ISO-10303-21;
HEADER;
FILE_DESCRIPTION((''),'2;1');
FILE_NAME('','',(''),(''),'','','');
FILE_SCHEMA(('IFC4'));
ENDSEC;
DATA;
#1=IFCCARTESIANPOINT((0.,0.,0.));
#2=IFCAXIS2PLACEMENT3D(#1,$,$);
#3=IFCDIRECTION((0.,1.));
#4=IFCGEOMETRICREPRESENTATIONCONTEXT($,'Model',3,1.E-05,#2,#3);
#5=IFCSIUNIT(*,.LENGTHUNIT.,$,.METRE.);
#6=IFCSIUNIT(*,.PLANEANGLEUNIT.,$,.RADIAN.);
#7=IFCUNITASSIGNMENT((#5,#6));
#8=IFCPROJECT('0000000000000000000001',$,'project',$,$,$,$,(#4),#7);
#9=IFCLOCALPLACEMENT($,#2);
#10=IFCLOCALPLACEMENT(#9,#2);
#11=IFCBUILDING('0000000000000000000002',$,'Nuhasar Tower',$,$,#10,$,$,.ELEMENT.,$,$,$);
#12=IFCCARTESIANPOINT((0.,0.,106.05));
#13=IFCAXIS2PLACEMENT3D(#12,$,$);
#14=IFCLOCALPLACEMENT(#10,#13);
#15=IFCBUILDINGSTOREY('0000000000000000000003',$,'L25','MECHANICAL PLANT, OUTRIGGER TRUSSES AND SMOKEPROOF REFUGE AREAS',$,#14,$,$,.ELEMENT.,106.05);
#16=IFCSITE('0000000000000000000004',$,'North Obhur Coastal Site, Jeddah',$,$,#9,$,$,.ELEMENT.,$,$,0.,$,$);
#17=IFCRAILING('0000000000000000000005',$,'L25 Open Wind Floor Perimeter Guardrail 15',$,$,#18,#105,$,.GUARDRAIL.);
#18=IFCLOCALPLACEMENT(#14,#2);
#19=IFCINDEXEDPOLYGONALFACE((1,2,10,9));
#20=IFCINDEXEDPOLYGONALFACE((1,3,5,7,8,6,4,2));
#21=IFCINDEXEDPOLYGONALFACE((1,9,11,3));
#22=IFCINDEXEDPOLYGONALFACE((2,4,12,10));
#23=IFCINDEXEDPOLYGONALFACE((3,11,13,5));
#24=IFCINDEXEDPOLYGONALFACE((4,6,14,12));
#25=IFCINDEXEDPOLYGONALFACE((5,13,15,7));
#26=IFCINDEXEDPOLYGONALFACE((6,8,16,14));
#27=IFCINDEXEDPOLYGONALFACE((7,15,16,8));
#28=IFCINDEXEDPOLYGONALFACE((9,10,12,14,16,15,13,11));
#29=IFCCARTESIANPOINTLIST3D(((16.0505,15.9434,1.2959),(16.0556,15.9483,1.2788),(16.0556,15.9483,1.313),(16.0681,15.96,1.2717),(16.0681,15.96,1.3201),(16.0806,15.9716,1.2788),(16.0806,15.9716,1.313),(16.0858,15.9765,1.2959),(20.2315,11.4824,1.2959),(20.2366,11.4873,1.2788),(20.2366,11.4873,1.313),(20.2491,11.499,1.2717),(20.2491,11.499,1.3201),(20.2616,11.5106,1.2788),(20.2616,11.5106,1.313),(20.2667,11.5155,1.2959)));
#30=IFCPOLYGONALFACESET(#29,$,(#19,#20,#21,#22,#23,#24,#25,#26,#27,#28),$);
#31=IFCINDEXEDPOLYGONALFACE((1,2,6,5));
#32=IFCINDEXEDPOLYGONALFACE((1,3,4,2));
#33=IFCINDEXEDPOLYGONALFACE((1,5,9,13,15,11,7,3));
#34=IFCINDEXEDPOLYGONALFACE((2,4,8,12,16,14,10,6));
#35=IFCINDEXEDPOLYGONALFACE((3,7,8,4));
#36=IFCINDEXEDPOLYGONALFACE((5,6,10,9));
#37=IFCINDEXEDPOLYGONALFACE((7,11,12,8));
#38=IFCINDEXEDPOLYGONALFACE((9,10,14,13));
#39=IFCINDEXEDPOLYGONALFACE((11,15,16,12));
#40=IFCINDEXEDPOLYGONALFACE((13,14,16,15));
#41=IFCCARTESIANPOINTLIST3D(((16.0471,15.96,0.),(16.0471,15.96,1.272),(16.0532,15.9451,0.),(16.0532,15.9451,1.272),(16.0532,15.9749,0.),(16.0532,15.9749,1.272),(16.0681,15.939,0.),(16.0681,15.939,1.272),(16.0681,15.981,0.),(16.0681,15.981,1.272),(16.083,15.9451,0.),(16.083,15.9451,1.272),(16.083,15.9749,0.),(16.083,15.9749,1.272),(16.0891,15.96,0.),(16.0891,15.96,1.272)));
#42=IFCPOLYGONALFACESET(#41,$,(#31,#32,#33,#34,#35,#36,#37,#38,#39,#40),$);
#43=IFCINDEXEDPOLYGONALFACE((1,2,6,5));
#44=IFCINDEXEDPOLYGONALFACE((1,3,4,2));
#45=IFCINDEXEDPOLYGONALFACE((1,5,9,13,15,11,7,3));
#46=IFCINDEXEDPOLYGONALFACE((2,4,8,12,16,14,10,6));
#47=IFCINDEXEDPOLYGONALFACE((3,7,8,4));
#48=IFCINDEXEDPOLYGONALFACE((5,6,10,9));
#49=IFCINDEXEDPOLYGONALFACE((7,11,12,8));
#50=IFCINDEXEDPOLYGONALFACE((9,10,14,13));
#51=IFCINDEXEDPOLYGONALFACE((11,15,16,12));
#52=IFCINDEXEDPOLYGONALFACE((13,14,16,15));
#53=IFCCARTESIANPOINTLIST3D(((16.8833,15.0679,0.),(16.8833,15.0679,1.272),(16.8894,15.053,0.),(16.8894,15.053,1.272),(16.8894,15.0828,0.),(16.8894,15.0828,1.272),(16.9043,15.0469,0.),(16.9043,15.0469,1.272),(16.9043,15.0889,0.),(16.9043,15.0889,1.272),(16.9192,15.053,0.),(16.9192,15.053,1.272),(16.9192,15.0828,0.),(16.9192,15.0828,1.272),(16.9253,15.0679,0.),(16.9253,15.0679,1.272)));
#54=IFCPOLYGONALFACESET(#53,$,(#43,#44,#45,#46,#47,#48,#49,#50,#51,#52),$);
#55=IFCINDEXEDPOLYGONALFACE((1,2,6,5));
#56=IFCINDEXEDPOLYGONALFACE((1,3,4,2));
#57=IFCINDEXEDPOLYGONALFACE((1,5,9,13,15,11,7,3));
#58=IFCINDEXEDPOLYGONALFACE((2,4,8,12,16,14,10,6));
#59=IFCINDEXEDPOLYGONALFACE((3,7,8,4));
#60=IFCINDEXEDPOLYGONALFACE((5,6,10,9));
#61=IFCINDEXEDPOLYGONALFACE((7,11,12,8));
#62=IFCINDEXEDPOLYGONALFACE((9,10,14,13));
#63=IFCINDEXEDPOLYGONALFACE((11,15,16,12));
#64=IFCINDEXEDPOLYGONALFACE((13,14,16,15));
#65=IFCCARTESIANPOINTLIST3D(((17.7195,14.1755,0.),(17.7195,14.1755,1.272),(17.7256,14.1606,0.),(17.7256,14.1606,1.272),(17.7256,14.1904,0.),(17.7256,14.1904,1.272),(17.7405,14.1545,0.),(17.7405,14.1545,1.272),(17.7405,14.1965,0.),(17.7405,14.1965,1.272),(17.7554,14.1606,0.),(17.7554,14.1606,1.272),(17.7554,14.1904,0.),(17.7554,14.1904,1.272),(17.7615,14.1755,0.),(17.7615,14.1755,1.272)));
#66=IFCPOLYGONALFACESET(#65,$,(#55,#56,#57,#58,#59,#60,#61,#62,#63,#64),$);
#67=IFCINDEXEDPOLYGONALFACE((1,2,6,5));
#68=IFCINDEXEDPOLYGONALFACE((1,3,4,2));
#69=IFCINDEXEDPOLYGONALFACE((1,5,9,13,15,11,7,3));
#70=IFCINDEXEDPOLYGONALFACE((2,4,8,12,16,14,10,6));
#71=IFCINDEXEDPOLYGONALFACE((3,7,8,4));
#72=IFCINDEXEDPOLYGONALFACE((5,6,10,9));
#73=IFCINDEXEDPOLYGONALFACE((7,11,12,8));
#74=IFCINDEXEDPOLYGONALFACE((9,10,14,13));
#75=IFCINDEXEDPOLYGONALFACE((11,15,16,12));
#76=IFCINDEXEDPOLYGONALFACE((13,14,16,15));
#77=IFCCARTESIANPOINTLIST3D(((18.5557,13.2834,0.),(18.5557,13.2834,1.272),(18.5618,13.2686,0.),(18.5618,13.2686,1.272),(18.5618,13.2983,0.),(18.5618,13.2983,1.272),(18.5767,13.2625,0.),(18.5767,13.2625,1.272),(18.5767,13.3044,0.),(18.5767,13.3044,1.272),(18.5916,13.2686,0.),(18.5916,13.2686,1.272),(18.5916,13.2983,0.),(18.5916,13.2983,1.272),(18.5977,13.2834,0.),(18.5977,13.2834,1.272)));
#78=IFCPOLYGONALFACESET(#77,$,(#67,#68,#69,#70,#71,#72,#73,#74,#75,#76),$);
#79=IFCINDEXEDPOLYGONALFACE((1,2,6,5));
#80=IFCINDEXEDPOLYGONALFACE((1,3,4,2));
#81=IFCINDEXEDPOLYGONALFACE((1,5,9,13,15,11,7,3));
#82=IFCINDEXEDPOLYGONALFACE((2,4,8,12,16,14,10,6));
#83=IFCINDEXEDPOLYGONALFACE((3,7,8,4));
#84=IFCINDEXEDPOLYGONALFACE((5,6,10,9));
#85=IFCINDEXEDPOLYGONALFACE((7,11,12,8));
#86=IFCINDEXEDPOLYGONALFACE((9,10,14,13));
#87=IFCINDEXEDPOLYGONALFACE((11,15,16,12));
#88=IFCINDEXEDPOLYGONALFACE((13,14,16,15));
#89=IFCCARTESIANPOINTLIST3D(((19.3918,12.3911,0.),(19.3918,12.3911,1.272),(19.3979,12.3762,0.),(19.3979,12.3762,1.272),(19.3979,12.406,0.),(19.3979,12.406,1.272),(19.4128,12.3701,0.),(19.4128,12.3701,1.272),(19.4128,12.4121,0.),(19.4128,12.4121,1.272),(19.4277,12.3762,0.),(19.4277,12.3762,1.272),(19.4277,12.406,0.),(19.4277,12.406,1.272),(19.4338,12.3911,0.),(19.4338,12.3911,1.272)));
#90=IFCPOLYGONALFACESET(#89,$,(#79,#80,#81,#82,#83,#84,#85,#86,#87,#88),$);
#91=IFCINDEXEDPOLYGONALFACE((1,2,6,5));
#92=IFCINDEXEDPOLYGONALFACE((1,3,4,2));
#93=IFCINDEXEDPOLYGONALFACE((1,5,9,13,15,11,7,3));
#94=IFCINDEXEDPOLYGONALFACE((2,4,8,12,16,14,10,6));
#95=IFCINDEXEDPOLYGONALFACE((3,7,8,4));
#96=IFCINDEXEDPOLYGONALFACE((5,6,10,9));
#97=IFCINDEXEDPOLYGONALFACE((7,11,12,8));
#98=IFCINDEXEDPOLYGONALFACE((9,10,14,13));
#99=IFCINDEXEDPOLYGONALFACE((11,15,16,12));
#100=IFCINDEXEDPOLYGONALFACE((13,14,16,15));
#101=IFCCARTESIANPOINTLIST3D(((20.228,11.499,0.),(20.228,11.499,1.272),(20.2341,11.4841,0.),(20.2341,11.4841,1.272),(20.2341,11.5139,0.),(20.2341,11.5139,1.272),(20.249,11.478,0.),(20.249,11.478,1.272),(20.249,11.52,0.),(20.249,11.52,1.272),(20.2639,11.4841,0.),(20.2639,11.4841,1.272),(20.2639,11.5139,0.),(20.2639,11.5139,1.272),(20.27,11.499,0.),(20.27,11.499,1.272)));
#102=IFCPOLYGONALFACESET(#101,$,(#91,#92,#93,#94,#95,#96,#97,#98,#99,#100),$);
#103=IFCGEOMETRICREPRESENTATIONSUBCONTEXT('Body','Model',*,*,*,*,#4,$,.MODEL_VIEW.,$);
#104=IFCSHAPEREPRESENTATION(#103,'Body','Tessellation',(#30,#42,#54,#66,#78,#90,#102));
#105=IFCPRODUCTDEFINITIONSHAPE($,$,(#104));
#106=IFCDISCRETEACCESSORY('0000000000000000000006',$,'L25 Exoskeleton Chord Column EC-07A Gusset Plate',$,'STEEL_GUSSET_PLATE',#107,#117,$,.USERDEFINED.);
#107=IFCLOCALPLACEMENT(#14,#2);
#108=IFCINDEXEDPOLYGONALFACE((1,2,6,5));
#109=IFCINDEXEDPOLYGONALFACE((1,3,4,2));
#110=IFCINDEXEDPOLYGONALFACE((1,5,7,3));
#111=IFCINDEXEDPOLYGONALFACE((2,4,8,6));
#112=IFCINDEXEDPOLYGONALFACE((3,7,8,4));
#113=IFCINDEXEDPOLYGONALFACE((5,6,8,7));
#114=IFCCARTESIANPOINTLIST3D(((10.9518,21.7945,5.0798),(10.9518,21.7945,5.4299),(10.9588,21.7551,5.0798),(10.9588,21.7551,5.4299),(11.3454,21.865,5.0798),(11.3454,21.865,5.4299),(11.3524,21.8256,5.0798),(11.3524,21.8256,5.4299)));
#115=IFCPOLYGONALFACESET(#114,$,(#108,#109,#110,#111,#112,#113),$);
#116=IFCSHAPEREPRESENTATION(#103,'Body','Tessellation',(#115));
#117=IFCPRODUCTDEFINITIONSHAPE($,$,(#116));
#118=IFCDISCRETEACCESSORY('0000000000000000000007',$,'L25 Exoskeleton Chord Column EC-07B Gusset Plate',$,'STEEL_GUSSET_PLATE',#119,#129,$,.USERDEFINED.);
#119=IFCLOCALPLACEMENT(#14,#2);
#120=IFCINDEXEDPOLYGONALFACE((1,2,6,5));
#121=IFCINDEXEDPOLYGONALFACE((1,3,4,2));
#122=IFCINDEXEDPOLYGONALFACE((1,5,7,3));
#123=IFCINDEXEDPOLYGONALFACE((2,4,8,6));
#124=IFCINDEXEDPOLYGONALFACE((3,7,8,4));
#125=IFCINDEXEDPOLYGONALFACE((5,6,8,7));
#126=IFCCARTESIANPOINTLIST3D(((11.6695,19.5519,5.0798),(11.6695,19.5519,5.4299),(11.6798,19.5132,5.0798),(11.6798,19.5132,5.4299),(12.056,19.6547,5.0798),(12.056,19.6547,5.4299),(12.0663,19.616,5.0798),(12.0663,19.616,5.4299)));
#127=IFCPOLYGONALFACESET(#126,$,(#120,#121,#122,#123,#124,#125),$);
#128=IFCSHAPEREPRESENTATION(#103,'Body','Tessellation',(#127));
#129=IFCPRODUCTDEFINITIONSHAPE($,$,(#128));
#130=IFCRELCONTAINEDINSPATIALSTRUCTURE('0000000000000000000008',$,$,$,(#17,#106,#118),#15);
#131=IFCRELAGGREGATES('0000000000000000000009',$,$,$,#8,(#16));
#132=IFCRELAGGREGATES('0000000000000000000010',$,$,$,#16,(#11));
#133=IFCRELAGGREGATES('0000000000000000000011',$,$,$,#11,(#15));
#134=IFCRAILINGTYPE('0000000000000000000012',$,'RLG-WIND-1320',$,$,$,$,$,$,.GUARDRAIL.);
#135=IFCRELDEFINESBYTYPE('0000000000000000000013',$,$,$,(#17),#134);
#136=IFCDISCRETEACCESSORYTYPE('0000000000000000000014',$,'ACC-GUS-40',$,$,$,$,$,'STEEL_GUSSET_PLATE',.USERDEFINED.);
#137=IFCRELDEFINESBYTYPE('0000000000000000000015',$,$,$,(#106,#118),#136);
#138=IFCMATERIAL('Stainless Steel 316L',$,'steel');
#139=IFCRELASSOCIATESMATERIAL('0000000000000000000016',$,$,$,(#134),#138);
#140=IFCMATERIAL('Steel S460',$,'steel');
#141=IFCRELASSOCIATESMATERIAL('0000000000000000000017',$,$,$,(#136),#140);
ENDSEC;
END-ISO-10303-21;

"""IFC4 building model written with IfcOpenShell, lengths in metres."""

from ifc_helpers import new_model, si_unit, direction, frame, origin, origin_2d, place, context, subcontext, project, spatial, polyline, rectangle, outline, extrude, material, type_object, element, save


model = new_model("IFC4")

# Units and contexts
model_context = context("Model", 3, precision=1e-05, world=origin(), true_north=direction((0.0, 1.0)))
body_context = subcontext(model_context, "Body", "Model", "MODEL_VIEW")
ifc_project = project(units=[si_unit("LENGTHUNIT", "METRE"), si_unit("PLANEANGLEUNIT", "RADIAN")], contexts=[model_context])

# Site, building, storey
site_placement = place(None, origin())
site = spatial("IfcSite", under=ifc_project, at=site_placement, Name="North Obhur Coastal Site, Jeddah", CompositionType="ELEMENT", RefElevation=0.0)
building_placement = place(site_placement, origin())
building = spatial("IfcBuilding", under=site, at=building_placement, Name="Nuhasar Tower", CompositionType="ELEMENT")
storey_placement = place(building_placement, frame((0.0, 0.0, 106.05)))
storey = spatial("IfcBuildingStorey", under=building, at=storey_placement, Name="L25", Description="MECHANICAL PLANT, OUTRIGGER TRUSSES AND SMOKEPROOF REFUGE AREAS", CompositionType="ELEMENT", Elevation=106.05)

# Shared definitions
ifc_material_1 = material(Name="Steel S460", Category="steel")

# Railing
ifc_material_2 = material(Name="Stainless Steel 316L", Category="steel")
railing_type = type_object("IfcRailingType", Name="RLG-WIND-1320", PredefinedType="GUARDRAIL", material=ifc_material_2)
railing_1_placement = place(storey_placement, frame((16.0681, 15.96, 0.0)))
element("IfcRailing", 1, at=railing_1_placement, inside=storey, type_object=railing_type, Name="L25 Open Wind Floor Perimeter Guardrail 15", PredefinedType="GUARDRAIL", context=body_context, shape_type="SweptSolid", body=[
    extrude(outline(polyline([(0.0242, 0.0), (0.0171, 0.0171), (0.0, 0.0242), (-0.0171, 0.0171), (-0.0242, 0.0), (-0.0171, -0.0171), (0.0, -0.0242), (0.0171, -0.0171), (0.0242, 0.0)])), frame((0.0, 0.0, 1.2959), z_axis=(0.683835, -0.729637, 0.0), x_axis=(0.729637, 0.683835, 0.0)), (0.0, 0.0, 1.0), 6.114),
    extrude(outline(polyline([(0.021, 0.0), (0.0149, 0.0149), (0.0, 0.021), (-0.0149, 0.0149), (-0.021, 0.0), (-0.0149, -0.0149), (0.0, -0.021), (0.0149, -0.0149), (0.021, 0.0)])), origin(), (0.0, 0.0, 1.0), 1.272),
    extrude(outline(polyline([(0.021, 0.0), (0.0149, 0.0149), (0.0, 0.021), (-0.0149, 0.0149), (-0.021, 0.0), (-0.0149, -0.0149), (0.0, -0.021), (0.0149, -0.0149), (0.021, 0.0)])), frame((0.8362, -0.8921, 0.0)), (0.0, 0.0, 1.0), 1.272),
    extrude(outline(polyline([(0.021, 0.0), (0.0149, 0.0149), (0.0, 0.021), (-0.0149, 0.0149), (-0.021, 0.0), (-0.0149, -0.0149), (0.0, -0.021), (0.0149, -0.0149), (0.021, 0.0)])), frame((1.6724, -1.7844, 0.0)), (0.0, 0.0, 1.0), 1.272),
    extrude(outline(polyline([(0.021, 0.0), (0.0149, 0.0149), (0.0, 0.021), (-0.0149, 0.0149), (-0.021, 0.0), (-0.0149, -0.0149), (0.0, -0.021), (0.0149, -0.0149), (0.021, 0.0)])), frame((2.5085, -2.6765, 0.0)), (0.0, 0.0, 1.0), 1.272),
    extrude(outline(polyline([(0.021, 0.0), (0.0149, 0.0149), (0.0, 0.021), (-0.0149, 0.0149), (-0.021, 0.0), (-0.0149, -0.0149), (0.0, -0.021), (0.0149, -0.0149), (0.021, 0.0)])), frame((3.3447, -3.5688, 0.0)), (0.0, 0.0, 1.0), 1.272),
    extrude(outline(polyline([(0.021, 0.0), (0.0149, 0.0149), (0.0, 0.021), (-0.0149, 0.0149), (-0.021, 0.0), (-0.0149, -0.0149), (0.0, -0.021), (0.0149, -0.0149), (0.021, 0.0)])), frame((4.1809, -4.4609, 0.0)), (0.0, 0.0, 1.0), 1.272),
])

# Discrete accessories
discrete_accessory_type = type_object("IfcDiscreteAccessoryType", Name="ACC-GUS-40", ElementType="STEEL_GUSSET_PLATE", PredefinedType="USERDEFINED", material=ifc_material_1)
for number, where, z_axis, x_axis, name in (
    (2, (11.1521, 21.8101, 5.0798), (0.0, 0.0, 1.0), (-0.984322, -0.17638, 0.0), "L25 Exoskeleton Chord Column EC-07A Gusset Plate"),
    (3, (11.8679, 19.584, 5.0798), (0.0, 0.0, 1.0), (-0.966403, -0.257032, 0.0), "L25 Exoskeleton Chord Column EC-07B Gusset Plate"),
):
    element("IfcDiscreteAccessory", number, at=place(storey_placement, frame(where, z_axis=z_axis, x_axis=x_axis)), inside=storey, type_object=discrete_accessory_type, Name=name, ObjectType="STEEL_GUSSET_PLATE", PredefinedType="USERDEFINED", context=body_context, shape_type="SweptSolid", body=[
        extrude(rectangle(XDim=0.3999, YDim=0.04, at=origin_2d()), origin(), (0.0, 0.0, 1.0), 0.3501),
    ])

save(model, "model.ifc")
